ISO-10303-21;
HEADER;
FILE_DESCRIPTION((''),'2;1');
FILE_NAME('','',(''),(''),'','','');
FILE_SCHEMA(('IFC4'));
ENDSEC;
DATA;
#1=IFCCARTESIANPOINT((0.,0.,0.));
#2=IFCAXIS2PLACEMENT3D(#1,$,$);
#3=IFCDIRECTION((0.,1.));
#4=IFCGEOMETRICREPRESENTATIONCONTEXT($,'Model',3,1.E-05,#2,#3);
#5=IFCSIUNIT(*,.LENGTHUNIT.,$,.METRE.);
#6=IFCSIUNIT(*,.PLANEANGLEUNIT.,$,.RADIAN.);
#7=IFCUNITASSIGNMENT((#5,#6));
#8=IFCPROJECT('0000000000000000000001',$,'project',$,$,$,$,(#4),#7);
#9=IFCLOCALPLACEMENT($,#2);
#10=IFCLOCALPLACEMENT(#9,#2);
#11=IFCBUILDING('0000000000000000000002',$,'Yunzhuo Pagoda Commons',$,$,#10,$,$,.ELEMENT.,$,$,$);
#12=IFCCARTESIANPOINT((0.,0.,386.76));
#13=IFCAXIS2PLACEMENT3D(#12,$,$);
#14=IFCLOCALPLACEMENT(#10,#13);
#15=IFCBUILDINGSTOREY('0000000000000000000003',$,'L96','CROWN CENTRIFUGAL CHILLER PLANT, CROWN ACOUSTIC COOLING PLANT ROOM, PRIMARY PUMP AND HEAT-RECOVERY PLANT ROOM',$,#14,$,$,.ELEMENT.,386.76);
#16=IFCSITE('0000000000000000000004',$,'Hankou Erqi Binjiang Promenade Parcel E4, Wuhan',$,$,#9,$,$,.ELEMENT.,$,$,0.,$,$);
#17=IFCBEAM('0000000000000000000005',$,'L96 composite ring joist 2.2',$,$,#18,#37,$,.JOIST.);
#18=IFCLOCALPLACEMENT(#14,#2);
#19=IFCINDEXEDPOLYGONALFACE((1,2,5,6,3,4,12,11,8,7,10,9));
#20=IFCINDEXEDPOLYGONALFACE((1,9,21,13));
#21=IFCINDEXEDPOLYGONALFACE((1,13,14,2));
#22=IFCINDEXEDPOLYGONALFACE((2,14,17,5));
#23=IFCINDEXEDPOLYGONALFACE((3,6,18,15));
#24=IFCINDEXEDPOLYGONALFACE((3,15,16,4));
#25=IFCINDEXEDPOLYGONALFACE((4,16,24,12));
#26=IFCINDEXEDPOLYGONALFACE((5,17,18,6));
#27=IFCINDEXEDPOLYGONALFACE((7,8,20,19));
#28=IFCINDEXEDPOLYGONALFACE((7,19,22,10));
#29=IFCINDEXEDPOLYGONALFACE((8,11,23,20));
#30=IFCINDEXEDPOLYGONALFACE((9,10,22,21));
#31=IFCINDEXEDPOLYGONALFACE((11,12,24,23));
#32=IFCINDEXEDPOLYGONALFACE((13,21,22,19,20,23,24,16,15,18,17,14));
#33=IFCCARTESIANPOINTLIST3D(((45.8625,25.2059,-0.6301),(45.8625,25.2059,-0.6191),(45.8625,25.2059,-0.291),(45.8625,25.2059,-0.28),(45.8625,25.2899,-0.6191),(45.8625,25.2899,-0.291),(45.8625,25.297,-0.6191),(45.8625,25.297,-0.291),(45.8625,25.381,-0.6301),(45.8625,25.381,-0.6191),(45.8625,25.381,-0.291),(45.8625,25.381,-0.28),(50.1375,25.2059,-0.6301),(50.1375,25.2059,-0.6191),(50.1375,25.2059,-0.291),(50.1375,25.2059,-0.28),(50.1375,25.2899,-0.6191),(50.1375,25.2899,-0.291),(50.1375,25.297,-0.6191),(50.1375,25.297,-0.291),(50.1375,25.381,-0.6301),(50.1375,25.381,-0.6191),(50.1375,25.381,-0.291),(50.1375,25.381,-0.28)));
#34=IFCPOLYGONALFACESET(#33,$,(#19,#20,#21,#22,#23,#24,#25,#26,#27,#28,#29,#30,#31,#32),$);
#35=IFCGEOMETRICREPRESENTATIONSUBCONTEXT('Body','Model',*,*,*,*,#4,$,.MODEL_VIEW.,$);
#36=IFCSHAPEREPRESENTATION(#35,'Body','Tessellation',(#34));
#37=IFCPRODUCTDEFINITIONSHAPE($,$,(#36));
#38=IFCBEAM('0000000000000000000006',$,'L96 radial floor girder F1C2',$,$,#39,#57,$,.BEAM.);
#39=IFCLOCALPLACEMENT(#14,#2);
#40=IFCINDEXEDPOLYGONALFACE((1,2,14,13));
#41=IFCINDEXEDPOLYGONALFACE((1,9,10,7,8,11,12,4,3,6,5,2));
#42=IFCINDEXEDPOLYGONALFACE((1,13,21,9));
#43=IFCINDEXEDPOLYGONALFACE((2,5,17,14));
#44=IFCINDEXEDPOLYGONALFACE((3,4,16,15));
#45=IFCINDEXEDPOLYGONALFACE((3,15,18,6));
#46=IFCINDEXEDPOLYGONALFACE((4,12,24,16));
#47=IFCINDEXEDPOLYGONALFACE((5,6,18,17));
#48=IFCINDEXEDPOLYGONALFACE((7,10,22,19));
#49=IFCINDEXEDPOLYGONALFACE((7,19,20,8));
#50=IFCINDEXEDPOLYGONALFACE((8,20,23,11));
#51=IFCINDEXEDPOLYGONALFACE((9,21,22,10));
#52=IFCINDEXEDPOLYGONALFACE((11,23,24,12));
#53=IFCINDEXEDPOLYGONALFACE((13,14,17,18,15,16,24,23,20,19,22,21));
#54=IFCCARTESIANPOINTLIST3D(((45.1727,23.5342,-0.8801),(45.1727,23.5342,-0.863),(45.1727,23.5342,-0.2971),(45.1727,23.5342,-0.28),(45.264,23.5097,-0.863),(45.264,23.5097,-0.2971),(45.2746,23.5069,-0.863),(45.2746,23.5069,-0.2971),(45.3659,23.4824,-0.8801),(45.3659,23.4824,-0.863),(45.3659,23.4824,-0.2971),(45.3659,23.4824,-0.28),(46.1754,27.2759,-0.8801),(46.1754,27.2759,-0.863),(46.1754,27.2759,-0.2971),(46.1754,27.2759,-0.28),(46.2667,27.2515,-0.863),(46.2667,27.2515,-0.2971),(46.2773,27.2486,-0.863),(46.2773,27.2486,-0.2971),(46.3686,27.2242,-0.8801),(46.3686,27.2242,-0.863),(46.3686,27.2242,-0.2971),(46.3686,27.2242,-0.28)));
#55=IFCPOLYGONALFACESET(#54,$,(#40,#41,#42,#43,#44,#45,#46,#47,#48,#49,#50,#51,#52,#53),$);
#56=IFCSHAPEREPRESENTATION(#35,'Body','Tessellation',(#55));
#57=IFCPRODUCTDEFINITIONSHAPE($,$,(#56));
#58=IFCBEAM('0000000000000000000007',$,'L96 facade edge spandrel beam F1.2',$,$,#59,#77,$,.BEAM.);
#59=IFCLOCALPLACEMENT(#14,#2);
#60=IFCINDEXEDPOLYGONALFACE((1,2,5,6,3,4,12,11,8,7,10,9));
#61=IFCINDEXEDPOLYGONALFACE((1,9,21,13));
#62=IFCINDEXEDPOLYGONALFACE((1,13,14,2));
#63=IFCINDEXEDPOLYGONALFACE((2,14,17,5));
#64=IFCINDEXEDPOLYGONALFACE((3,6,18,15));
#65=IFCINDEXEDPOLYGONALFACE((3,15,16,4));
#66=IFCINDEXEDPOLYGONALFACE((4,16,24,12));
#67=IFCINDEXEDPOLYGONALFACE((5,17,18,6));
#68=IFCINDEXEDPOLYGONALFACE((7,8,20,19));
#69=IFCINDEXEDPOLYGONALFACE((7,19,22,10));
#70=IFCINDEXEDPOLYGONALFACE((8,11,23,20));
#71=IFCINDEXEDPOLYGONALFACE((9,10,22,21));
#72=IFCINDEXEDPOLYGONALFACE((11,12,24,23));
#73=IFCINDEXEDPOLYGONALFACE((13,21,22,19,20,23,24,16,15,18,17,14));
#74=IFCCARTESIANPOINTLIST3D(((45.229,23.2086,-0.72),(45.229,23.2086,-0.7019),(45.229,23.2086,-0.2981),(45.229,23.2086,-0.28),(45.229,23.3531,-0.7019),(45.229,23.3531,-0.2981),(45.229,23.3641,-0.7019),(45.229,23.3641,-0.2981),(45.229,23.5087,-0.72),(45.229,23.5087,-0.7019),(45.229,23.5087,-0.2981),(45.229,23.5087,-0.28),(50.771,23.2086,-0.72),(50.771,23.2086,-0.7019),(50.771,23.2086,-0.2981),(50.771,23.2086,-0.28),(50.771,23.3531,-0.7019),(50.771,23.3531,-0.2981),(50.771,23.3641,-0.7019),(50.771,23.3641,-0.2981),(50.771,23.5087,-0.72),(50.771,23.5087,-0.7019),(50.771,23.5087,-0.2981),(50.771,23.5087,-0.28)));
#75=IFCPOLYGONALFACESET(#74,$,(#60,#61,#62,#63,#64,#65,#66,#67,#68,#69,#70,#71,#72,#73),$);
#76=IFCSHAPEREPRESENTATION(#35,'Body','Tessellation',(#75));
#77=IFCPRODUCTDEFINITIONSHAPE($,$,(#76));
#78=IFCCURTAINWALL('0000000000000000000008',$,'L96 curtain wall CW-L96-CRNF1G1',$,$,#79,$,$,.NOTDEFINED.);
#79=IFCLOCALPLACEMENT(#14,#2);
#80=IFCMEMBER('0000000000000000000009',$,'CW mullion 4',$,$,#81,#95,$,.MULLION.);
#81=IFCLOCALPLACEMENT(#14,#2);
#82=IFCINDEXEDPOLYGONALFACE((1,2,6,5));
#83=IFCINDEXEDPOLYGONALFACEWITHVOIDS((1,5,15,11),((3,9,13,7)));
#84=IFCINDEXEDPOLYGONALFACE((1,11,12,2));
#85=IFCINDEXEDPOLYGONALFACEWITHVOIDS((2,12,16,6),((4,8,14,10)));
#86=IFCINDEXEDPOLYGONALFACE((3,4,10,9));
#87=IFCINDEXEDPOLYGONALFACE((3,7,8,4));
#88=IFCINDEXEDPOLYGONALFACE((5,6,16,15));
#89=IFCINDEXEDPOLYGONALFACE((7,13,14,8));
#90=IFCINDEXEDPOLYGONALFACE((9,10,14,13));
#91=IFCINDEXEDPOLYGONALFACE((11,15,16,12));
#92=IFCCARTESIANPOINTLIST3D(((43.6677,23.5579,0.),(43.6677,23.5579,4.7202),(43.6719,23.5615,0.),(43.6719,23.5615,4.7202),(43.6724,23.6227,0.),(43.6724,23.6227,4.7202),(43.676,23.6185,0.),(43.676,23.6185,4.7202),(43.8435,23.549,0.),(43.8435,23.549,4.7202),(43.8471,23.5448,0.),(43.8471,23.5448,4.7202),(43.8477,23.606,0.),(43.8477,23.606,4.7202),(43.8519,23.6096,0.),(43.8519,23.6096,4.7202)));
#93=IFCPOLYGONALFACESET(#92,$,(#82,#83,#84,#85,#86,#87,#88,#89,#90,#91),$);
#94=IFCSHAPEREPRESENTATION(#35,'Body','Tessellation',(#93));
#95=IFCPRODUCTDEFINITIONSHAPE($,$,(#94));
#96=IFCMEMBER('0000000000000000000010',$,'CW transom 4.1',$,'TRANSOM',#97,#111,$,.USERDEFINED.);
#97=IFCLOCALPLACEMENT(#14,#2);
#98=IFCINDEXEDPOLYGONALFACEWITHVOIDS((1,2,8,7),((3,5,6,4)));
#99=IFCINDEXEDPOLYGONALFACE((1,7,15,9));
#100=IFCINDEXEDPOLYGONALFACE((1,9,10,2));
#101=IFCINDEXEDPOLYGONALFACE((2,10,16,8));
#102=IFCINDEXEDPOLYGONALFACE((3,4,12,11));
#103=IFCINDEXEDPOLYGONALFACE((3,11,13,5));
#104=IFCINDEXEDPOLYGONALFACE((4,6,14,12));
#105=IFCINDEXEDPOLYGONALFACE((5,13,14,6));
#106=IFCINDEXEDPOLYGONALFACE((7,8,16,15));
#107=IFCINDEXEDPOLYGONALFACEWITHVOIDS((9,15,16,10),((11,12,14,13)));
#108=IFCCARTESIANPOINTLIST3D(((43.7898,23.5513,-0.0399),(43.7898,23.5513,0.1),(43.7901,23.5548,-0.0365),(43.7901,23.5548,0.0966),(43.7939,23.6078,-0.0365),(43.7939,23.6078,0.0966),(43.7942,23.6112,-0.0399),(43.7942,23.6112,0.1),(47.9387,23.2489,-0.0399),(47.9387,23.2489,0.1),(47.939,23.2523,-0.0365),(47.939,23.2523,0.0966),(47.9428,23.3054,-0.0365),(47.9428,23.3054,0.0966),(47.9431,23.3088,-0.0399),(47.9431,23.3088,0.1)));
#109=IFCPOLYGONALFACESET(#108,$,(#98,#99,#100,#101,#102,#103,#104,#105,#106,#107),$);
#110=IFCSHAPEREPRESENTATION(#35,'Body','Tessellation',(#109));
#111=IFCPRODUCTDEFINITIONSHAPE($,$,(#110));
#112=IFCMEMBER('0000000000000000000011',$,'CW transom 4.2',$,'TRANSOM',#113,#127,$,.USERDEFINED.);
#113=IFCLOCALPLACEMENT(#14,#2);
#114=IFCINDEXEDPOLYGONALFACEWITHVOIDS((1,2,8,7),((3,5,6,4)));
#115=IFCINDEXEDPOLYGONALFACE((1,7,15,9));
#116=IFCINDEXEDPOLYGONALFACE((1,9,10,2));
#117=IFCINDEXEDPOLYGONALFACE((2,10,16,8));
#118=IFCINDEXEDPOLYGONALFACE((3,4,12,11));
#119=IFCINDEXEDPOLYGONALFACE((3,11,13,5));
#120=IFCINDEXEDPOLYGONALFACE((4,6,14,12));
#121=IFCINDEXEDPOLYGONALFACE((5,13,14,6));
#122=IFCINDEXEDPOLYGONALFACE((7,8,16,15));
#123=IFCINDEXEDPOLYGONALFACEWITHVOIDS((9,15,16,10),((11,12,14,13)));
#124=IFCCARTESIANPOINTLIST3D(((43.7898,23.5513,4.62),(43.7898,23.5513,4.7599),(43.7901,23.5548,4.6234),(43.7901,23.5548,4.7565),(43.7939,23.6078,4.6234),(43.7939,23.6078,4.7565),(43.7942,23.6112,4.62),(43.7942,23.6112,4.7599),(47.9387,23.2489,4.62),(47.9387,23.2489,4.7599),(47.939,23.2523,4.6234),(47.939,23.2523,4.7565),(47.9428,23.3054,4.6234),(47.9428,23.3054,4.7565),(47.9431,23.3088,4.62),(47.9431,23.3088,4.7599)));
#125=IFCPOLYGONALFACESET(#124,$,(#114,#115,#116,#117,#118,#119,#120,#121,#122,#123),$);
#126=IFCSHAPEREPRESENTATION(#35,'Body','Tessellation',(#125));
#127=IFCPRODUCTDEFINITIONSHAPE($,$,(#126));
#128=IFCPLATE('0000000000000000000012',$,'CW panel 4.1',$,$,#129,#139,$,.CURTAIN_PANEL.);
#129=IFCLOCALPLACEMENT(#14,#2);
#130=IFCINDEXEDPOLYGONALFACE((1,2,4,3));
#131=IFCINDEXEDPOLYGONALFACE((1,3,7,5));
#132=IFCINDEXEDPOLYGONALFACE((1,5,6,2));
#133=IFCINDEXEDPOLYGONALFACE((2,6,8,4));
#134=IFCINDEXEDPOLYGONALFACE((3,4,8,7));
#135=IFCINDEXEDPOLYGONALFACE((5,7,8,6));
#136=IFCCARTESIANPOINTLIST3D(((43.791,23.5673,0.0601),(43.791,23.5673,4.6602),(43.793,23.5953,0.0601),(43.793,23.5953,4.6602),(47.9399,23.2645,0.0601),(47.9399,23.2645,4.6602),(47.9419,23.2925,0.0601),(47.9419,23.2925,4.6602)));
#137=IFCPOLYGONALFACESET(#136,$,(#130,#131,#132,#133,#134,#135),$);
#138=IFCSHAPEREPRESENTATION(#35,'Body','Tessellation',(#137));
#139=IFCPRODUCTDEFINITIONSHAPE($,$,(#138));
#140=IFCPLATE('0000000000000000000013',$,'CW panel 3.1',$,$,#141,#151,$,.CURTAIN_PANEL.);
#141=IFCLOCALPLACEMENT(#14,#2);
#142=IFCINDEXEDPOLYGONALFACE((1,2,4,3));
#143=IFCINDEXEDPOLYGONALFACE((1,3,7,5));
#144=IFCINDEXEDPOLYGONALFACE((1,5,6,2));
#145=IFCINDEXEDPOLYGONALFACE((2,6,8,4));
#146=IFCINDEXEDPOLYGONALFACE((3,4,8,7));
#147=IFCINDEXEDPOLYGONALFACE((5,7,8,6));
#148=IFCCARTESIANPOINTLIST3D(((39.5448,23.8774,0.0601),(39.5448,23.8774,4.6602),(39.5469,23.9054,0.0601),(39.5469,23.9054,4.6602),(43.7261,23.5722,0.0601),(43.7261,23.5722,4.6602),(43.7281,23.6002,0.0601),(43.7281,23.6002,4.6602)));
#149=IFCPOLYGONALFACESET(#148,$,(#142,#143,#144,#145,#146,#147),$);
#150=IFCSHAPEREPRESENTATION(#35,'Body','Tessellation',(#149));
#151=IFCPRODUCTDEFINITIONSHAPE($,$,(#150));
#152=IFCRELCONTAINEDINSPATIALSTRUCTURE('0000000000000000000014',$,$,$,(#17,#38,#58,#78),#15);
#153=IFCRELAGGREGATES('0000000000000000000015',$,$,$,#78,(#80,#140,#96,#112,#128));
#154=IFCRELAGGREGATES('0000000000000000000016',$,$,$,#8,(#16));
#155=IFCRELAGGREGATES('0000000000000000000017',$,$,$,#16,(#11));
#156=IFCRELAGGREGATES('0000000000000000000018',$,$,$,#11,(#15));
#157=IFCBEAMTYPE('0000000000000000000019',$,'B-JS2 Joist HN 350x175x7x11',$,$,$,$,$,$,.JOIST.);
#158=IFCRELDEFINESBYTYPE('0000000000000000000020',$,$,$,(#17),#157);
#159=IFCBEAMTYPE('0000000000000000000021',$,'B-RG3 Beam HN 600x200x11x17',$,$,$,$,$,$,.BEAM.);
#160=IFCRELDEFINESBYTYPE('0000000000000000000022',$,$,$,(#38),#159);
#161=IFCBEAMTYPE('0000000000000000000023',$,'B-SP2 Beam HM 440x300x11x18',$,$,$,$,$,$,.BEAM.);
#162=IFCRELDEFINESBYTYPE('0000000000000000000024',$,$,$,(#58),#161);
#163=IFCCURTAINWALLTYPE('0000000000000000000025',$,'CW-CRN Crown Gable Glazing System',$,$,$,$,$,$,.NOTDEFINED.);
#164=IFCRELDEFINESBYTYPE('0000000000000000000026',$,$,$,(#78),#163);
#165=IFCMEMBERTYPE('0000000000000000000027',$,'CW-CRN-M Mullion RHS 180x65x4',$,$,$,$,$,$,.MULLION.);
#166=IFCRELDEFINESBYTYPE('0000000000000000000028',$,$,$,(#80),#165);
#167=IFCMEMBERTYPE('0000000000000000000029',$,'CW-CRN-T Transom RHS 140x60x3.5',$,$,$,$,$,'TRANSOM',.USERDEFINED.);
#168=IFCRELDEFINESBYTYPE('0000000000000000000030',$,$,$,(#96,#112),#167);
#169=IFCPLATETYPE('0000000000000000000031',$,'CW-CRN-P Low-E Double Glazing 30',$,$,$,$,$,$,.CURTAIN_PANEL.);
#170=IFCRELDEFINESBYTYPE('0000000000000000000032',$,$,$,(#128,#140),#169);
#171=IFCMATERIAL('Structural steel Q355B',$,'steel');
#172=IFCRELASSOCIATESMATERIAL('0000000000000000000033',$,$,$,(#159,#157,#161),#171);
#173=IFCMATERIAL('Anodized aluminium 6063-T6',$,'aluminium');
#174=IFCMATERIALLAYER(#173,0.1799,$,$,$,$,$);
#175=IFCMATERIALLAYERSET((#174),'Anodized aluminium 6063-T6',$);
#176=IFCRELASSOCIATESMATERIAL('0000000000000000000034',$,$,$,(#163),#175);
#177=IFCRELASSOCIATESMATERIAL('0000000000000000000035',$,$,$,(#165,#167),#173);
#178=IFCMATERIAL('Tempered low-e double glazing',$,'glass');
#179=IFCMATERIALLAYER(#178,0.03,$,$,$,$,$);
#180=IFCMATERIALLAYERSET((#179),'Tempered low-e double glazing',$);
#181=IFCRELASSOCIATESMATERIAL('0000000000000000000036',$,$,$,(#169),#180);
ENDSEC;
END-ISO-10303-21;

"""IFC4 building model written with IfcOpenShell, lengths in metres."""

from ifc_helpers import new_model, si_unit, direction, frame, origin, origin_2d, place, context, subcontext, project, spatial, rectangle, hollow_rectangle, i_section, extrude, source, transform, mapped, material, layer, layer_set, material_profile, profile_set, type_object, element, aggregate, save


model = new_model("IFC4")

# Units and contexts
model_context = context("Model", 3, precision=1e-05, world=origin(), true_north=direction((0.0, 1.0)))
body_context = subcontext(model_context, "Body", "Model", "MODEL_VIEW")
ifc_project = project(units=[si_unit("LENGTHUNIT", "METRE"), si_unit("PLANEANGLEUNIT", "RADIAN")], contexts=[model_context])

# Site, building, storey
site_placement = place(None, origin())
site = spatial("IfcSite", under=ifc_project, at=site_placement, Name="Hankou Erqi Binjiang Promenade Parcel E4, Wuhan", CompositionType="ELEMENT", RefElevation=0.0)
building_placement = place(site_placement, origin())
building = spatial("IfcBuilding", under=site, at=building_placement, Name="Yunzhuo Pagoda Commons", CompositionType="ELEMENT")
storey_placement = place(building_placement, frame((0.0, 0.0, 386.76)))
storey = spatial("IfcBuildingStorey", under=building, at=storey_placement, Name="L96", Description="CROWN CENTRIFUGAL CHILLER PLANT, CROWN ACOUSTIC COOLING PLANT ROOM, PRIMARY PUMP AND HEAT-RECOVERY PLANT ROOM", CompositionType="ELEMENT", Elevation=386.76)

# Shared definitions
ifc_material_1 = material(Name="Structural steel Q355B", Category="steel")

# Beams
ifc_material_profile_1 = material_profile(ifc_material_1, i_section(OverallWidth=0.2, OverallDepth=0.6001, WebThickness=0.011, FlangeThickness=0.0171, at=origin_2d()), Name="Structural steel Q355B")
ifc_profile_set_1 = profile_set([ifc_material_profile_1], Name="Structural steel Q355B")
beam_type_1 = type_object("IfcBeamType", Name="B-RG3 Beam HN 600x200x11x17", PredefinedType="BEAM", material=ifc_profile_set_1)
ifc_material_profile_2 = material_profile(ifc_material_1, i_section(OverallWidth=0.175, OverallDepth=0.3501, WebThickness=0.0071, FlangeThickness=0.011, at=origin_2d()), Name="Structural steel Q355B")
ifc_profile_set_2 = profile_set([ifc_material_profile_2], Name="Structural steel Q355B")
beam_type_2 = type_object("IfcBeamType", Name="B-JS2 Joist HN 350x175x7x11", PredefinedType="JOIST", material=ifc_profile_set_2)
shared_shape_1 = source(origin(), body_context, "Body", "SweptSolid", [
    extrude(i_section(OverallWidth=0.175, OverallDepth=0.3501, WebThickness=0.0071, FlangeThickness=0.011, at=origin_2d()), origin(), (0.0, 0.0, 1.0), 4.2749),
])
beam_1_placement = place(storey_placement, frame((45.8625, 25.2935, -0.4551), z_axis=(1.0, 0.0, 0.0), x_axis=(0.0, 1.0, 0.0)))
element("IfcBeam", 1, at=beam_1_placement, inside=storey, type_object=beam_type_2, Name="L96 composite ring joist 2.2", PredefinedType="JOIST", context=body_context, shape_type="MappedRepresentation", body=[
    mapped(shared_shape_1, transform((0.0, 0.0, 0.0), scale=1.0)),
])
shared_shape_2 = source(origin(), body_context, "Body", "SweptSolid", [
    extrude(i_section(OverallWidth=0.2, OverallDepth=0.6001, WebThickness=0.011, FlangeThickness=0.0171, at=origin_2d()), origin(), (0.0, 0.0, 1.0), 3.8738),
])
beam_2_placement = place(storey_placement, frame((45.2693, 23.5083, -0.5801), z_axis=(0.258843, 0.965919, 0.0), x_axis=(-0.965919, 0.258843, 0.0)))
element("IfcBeam", 2, at=beam_2_placement, inside=storey, type_object=beam_type_1, Name="L96 radial floor girder F1C2", PredefinedType="BEAM", context=body_context, shape_type="MappedRepresentation", body=[
    mapped(shared_shape_2, transform((0.0, 0.0, 0.0), scale=1.0)),
])
ifc_material_profile_3 = material_profile(ifc_material_1, i_section(OverallWidth=0.3, OverallDepth=0.4399, WebThickness=0.011, FlangeThickness=0.0181, at=origin_2d()), Name="Structural steel Q355B")
ifc_profile_set_3 = profile_set([ifc_material_profile_3], Name="Structural steel Q355B")
beam_type_3 = type_object("IfcBeamType", Name="B-SP2 Beam HM 440x300x11x18", PredefinedType="BEAM", material=ifc_profile_set_3)
shared_shape_3 = source(origin(), body_context, "Body", "SweptSolid", [
    extrude(i_section(OverallWidth=0.3, OverallDepth=0.4399, WebThickness=0.011, FlangeThickness=0.0181, at=origin_2d()), origin(), (0.0, 0.0, 1.0), 5.542),
])
beam_3_placement = place(storey_placement, frame((45.229, 23.3586, -0.5), z_axis=(1.0, 0.0, 0.0), x_axis=(0.0, 1.0, 0.0)))
element("IfcBeam", 3, at=beam_3_placement, inside=storey, type_object=beam_type_3, Name="L96 facade edge spandrel beam F1.2", PredefinedType="BEAM", context=body_context, shape_type="MappedRepresentation", body=[
    mapped(shared_shape_3, transform((0.0, 0.0, 0.0), scale=1.0)),
])

# Curtain wall, members, plates
ifc_material_2 = material(Name="Anodized aluminium 6063-T6", Category="aluminium")
ifc_layer_1 = layer(ifc_material_2, 0.1799)
ifc_layer_set_1 = layer_set([ifc_layer_1], Name="Anodized aluminium 6063-T6")
curtain_wall_type = type_object("IfcCurtainWallType", Name="CW-CRN Crown Gable Glazing System", PredefinedType="NOTDEFINED", material=ifc_layer_set_1)
curtain_wall_placement = place(storey_placement, origin())
curtain_wall = element("IfcCurtainWall", 4, at=curtain_wall_placement, inside=storey, type_object=curtain_wall_type, Name="L96 curtain wall CW-L96-CRNF1G1", PredefinedType="NOTDEFINED")
ifc_material_profile_4 = material_profile(ifc_material_2, hollow_rectangle(XDim=0.0649, YDim=0.1799, WallThickness=0.0039, at=origin_2d()), Name="Anodized aluminium 6063-T6")
ifc_profile_set_4 = profile_set([ifc_material_profile_4], Name="Anodized aluminium 6063-T6")
member_type_1 = type_object("IfcMemberType", Name="CW-CRN-M Mullion RHS 180x65x4", PredefinedType="MULLION", material=ifc_profile_set_4)
shared_shape_4 = source(origin(), body_context, "Body", "SweptSolid", [
    extrude(hollow_rectangle(XDim=0.0649, YDim=0.1799, WallThickness=0.0039, at=origin_2d()), origin(), (0.0, 0.0, 1.0), 4.7202),
])
member_1_placement = place(storey_placement, frame((43.7598, 23.5837, 0.0), z_axis=(0.0, 0.0, 1.0), x_axis=(0.072796, 0.997347, 0.0)))
member_1 = element("IfcMember", 5, at=member_1_placement, type_object=member_type_1, Name="CW mullion 4", PredefinedType="MULLION", context=body_context, shape_type="MappedRepresentation", body=[
    mapped(shared_shape_4, transform((0.0, 0.0, 0.0), scale=1.0)),
])
ifc_material_profile_5 = material_profile(ifc_material_2, hollow_rectangle(XDim=0.0601, YDim=0.1399, WallThickness=0.0034, at=origin_2d()), Name="Anodized aluminium 6063-T6")
ifc_profile_set_5 = profile_set([ifc_material_profile_5], Name="Anodized aluminium 6063-T6")
member_type_2 = type_object("IfcMemberType", Name="CW-CRN-T Transom RHS 140x60x3.5", ElementType="TRANSOM", PredefinedType="USERDEFINED", material=ifc_profile_set_5)
shared_shape_5 = source(origin(), body_context, "Body", "SweptSolid", [
    extrude(hollow_rectangle(XDim=0.0601, YDim=0.1399, WallThickness=0.0034, at=origin_2d()), origin(), (0.0, 0.0, 1.0), 4.1599),
])
member_2_placement = place(storey_placement, frame((43.792, 23.5813, 0.03), z_axis=(0.997353, -0.072715, 0.0), x_axis=(0.072715, 0.997353, 0.0)))
member_2 = element("IfcMember", 6, at=member_2_placement, type_object=member_type_2, Name="CW transom 4.1", ObjectType="TRANSOM", PredefinedType="USERDEFINED", context=body_context, shape_type="MappedRepresentation", body=[
    mapped(shared_shape_5, transform((0.0, 0.0, 0.0), scale=1.0)),
])
member_3_placement = place(storey_placement, frame((43.792, 23.5813, 4.6899), z_axis=(0.997353, -0.072715, 0.0), x_axis=(0.072715, 0.997353, 0.0)))
member_3 = element("IfcMember", 7, at=member_3_placement, type_object=member_type_2, Name="CW transom 4.2", ObjectType="TRANSOM", PredefinedType="USERDEFINED", context=body_context, shape_type="MappedRepresentation", body=[
    mapped(shared_shape_5, transform((0.0, 0.0, 0.0), scale=1.0)),
])
ifc_material_3 = material(Name="Tempered low-e double glazing", Category="glass")
ifc_layer_2 = layer(ifc_material_3, 0.03)
ifc_layer_set_2 = layer_set([ifc_layer_2], Name="Tempered low-e double glazing")
plate_type = type_object("IfcPlateType", Name="CW-CRN-P Low-E Double Glazing 30", PredefinedType="CURTAIN_PANEL", material=ifc_layer_set_2)
shared_shape_6 = source(origin(), body_context, "Body", "SweptSolid", [
    extrude(rectangle(XDim=4.1599, YDim=0.0281, at=origin_2d()), origin(), (0.0, 0.0, 1.0), 4.6001),
])
plate_1_placement = place(storey_placement, frame((45.8665, 23.4299, 0.0601), z_axis=(0.0, 0.0, 1.0), x_axis=(0.997347, -0.072796, 0.0)))
plate_1 = element("IfcPlate", 8, at=plate_1_placement, type_object=plate_type, Name="CW panel 4.1", PredefinedType="CURTAIN_PANEL", context=body_context, shape_type="MappedRepresentation", body=[
    mapped(shared_shape_6, transform((0.0, 0.0, 0.0), scale=1.0)),
])
shared_shape_7 = source(origin(), body_context, "Body", "SweptSolid", [
    extrude(rectangle(XDim=4.1924, YDim=0.0281, at=origin_2d()), origin(), (0.0, 0.0, 1.0), 4.6001),
])
plate_2_placement = place(storey_placement, frame((41.6365, 23.7388, 0.0601), z_axis=(0.0, 0.0, 1.0), x_axis=(0.997347, -0.072796, 0.0)))
plate_2 = element("IfcPlate", 9, at=plate_2_placement, type_object=plate_type, Name="CW panel 3.1", PredefinedType="CURTAIN_PANEL", context=body_context, shape_type="MappedRepresentation", body=[
    mapped(shared_shape_7, transform((0.0, 0.0, 0.0), scale=1.0)),
])
aggregate(curtain_wall, [member_1, plate_2, member_2, member_3, plate_1])

save(model, "model.ifc")
